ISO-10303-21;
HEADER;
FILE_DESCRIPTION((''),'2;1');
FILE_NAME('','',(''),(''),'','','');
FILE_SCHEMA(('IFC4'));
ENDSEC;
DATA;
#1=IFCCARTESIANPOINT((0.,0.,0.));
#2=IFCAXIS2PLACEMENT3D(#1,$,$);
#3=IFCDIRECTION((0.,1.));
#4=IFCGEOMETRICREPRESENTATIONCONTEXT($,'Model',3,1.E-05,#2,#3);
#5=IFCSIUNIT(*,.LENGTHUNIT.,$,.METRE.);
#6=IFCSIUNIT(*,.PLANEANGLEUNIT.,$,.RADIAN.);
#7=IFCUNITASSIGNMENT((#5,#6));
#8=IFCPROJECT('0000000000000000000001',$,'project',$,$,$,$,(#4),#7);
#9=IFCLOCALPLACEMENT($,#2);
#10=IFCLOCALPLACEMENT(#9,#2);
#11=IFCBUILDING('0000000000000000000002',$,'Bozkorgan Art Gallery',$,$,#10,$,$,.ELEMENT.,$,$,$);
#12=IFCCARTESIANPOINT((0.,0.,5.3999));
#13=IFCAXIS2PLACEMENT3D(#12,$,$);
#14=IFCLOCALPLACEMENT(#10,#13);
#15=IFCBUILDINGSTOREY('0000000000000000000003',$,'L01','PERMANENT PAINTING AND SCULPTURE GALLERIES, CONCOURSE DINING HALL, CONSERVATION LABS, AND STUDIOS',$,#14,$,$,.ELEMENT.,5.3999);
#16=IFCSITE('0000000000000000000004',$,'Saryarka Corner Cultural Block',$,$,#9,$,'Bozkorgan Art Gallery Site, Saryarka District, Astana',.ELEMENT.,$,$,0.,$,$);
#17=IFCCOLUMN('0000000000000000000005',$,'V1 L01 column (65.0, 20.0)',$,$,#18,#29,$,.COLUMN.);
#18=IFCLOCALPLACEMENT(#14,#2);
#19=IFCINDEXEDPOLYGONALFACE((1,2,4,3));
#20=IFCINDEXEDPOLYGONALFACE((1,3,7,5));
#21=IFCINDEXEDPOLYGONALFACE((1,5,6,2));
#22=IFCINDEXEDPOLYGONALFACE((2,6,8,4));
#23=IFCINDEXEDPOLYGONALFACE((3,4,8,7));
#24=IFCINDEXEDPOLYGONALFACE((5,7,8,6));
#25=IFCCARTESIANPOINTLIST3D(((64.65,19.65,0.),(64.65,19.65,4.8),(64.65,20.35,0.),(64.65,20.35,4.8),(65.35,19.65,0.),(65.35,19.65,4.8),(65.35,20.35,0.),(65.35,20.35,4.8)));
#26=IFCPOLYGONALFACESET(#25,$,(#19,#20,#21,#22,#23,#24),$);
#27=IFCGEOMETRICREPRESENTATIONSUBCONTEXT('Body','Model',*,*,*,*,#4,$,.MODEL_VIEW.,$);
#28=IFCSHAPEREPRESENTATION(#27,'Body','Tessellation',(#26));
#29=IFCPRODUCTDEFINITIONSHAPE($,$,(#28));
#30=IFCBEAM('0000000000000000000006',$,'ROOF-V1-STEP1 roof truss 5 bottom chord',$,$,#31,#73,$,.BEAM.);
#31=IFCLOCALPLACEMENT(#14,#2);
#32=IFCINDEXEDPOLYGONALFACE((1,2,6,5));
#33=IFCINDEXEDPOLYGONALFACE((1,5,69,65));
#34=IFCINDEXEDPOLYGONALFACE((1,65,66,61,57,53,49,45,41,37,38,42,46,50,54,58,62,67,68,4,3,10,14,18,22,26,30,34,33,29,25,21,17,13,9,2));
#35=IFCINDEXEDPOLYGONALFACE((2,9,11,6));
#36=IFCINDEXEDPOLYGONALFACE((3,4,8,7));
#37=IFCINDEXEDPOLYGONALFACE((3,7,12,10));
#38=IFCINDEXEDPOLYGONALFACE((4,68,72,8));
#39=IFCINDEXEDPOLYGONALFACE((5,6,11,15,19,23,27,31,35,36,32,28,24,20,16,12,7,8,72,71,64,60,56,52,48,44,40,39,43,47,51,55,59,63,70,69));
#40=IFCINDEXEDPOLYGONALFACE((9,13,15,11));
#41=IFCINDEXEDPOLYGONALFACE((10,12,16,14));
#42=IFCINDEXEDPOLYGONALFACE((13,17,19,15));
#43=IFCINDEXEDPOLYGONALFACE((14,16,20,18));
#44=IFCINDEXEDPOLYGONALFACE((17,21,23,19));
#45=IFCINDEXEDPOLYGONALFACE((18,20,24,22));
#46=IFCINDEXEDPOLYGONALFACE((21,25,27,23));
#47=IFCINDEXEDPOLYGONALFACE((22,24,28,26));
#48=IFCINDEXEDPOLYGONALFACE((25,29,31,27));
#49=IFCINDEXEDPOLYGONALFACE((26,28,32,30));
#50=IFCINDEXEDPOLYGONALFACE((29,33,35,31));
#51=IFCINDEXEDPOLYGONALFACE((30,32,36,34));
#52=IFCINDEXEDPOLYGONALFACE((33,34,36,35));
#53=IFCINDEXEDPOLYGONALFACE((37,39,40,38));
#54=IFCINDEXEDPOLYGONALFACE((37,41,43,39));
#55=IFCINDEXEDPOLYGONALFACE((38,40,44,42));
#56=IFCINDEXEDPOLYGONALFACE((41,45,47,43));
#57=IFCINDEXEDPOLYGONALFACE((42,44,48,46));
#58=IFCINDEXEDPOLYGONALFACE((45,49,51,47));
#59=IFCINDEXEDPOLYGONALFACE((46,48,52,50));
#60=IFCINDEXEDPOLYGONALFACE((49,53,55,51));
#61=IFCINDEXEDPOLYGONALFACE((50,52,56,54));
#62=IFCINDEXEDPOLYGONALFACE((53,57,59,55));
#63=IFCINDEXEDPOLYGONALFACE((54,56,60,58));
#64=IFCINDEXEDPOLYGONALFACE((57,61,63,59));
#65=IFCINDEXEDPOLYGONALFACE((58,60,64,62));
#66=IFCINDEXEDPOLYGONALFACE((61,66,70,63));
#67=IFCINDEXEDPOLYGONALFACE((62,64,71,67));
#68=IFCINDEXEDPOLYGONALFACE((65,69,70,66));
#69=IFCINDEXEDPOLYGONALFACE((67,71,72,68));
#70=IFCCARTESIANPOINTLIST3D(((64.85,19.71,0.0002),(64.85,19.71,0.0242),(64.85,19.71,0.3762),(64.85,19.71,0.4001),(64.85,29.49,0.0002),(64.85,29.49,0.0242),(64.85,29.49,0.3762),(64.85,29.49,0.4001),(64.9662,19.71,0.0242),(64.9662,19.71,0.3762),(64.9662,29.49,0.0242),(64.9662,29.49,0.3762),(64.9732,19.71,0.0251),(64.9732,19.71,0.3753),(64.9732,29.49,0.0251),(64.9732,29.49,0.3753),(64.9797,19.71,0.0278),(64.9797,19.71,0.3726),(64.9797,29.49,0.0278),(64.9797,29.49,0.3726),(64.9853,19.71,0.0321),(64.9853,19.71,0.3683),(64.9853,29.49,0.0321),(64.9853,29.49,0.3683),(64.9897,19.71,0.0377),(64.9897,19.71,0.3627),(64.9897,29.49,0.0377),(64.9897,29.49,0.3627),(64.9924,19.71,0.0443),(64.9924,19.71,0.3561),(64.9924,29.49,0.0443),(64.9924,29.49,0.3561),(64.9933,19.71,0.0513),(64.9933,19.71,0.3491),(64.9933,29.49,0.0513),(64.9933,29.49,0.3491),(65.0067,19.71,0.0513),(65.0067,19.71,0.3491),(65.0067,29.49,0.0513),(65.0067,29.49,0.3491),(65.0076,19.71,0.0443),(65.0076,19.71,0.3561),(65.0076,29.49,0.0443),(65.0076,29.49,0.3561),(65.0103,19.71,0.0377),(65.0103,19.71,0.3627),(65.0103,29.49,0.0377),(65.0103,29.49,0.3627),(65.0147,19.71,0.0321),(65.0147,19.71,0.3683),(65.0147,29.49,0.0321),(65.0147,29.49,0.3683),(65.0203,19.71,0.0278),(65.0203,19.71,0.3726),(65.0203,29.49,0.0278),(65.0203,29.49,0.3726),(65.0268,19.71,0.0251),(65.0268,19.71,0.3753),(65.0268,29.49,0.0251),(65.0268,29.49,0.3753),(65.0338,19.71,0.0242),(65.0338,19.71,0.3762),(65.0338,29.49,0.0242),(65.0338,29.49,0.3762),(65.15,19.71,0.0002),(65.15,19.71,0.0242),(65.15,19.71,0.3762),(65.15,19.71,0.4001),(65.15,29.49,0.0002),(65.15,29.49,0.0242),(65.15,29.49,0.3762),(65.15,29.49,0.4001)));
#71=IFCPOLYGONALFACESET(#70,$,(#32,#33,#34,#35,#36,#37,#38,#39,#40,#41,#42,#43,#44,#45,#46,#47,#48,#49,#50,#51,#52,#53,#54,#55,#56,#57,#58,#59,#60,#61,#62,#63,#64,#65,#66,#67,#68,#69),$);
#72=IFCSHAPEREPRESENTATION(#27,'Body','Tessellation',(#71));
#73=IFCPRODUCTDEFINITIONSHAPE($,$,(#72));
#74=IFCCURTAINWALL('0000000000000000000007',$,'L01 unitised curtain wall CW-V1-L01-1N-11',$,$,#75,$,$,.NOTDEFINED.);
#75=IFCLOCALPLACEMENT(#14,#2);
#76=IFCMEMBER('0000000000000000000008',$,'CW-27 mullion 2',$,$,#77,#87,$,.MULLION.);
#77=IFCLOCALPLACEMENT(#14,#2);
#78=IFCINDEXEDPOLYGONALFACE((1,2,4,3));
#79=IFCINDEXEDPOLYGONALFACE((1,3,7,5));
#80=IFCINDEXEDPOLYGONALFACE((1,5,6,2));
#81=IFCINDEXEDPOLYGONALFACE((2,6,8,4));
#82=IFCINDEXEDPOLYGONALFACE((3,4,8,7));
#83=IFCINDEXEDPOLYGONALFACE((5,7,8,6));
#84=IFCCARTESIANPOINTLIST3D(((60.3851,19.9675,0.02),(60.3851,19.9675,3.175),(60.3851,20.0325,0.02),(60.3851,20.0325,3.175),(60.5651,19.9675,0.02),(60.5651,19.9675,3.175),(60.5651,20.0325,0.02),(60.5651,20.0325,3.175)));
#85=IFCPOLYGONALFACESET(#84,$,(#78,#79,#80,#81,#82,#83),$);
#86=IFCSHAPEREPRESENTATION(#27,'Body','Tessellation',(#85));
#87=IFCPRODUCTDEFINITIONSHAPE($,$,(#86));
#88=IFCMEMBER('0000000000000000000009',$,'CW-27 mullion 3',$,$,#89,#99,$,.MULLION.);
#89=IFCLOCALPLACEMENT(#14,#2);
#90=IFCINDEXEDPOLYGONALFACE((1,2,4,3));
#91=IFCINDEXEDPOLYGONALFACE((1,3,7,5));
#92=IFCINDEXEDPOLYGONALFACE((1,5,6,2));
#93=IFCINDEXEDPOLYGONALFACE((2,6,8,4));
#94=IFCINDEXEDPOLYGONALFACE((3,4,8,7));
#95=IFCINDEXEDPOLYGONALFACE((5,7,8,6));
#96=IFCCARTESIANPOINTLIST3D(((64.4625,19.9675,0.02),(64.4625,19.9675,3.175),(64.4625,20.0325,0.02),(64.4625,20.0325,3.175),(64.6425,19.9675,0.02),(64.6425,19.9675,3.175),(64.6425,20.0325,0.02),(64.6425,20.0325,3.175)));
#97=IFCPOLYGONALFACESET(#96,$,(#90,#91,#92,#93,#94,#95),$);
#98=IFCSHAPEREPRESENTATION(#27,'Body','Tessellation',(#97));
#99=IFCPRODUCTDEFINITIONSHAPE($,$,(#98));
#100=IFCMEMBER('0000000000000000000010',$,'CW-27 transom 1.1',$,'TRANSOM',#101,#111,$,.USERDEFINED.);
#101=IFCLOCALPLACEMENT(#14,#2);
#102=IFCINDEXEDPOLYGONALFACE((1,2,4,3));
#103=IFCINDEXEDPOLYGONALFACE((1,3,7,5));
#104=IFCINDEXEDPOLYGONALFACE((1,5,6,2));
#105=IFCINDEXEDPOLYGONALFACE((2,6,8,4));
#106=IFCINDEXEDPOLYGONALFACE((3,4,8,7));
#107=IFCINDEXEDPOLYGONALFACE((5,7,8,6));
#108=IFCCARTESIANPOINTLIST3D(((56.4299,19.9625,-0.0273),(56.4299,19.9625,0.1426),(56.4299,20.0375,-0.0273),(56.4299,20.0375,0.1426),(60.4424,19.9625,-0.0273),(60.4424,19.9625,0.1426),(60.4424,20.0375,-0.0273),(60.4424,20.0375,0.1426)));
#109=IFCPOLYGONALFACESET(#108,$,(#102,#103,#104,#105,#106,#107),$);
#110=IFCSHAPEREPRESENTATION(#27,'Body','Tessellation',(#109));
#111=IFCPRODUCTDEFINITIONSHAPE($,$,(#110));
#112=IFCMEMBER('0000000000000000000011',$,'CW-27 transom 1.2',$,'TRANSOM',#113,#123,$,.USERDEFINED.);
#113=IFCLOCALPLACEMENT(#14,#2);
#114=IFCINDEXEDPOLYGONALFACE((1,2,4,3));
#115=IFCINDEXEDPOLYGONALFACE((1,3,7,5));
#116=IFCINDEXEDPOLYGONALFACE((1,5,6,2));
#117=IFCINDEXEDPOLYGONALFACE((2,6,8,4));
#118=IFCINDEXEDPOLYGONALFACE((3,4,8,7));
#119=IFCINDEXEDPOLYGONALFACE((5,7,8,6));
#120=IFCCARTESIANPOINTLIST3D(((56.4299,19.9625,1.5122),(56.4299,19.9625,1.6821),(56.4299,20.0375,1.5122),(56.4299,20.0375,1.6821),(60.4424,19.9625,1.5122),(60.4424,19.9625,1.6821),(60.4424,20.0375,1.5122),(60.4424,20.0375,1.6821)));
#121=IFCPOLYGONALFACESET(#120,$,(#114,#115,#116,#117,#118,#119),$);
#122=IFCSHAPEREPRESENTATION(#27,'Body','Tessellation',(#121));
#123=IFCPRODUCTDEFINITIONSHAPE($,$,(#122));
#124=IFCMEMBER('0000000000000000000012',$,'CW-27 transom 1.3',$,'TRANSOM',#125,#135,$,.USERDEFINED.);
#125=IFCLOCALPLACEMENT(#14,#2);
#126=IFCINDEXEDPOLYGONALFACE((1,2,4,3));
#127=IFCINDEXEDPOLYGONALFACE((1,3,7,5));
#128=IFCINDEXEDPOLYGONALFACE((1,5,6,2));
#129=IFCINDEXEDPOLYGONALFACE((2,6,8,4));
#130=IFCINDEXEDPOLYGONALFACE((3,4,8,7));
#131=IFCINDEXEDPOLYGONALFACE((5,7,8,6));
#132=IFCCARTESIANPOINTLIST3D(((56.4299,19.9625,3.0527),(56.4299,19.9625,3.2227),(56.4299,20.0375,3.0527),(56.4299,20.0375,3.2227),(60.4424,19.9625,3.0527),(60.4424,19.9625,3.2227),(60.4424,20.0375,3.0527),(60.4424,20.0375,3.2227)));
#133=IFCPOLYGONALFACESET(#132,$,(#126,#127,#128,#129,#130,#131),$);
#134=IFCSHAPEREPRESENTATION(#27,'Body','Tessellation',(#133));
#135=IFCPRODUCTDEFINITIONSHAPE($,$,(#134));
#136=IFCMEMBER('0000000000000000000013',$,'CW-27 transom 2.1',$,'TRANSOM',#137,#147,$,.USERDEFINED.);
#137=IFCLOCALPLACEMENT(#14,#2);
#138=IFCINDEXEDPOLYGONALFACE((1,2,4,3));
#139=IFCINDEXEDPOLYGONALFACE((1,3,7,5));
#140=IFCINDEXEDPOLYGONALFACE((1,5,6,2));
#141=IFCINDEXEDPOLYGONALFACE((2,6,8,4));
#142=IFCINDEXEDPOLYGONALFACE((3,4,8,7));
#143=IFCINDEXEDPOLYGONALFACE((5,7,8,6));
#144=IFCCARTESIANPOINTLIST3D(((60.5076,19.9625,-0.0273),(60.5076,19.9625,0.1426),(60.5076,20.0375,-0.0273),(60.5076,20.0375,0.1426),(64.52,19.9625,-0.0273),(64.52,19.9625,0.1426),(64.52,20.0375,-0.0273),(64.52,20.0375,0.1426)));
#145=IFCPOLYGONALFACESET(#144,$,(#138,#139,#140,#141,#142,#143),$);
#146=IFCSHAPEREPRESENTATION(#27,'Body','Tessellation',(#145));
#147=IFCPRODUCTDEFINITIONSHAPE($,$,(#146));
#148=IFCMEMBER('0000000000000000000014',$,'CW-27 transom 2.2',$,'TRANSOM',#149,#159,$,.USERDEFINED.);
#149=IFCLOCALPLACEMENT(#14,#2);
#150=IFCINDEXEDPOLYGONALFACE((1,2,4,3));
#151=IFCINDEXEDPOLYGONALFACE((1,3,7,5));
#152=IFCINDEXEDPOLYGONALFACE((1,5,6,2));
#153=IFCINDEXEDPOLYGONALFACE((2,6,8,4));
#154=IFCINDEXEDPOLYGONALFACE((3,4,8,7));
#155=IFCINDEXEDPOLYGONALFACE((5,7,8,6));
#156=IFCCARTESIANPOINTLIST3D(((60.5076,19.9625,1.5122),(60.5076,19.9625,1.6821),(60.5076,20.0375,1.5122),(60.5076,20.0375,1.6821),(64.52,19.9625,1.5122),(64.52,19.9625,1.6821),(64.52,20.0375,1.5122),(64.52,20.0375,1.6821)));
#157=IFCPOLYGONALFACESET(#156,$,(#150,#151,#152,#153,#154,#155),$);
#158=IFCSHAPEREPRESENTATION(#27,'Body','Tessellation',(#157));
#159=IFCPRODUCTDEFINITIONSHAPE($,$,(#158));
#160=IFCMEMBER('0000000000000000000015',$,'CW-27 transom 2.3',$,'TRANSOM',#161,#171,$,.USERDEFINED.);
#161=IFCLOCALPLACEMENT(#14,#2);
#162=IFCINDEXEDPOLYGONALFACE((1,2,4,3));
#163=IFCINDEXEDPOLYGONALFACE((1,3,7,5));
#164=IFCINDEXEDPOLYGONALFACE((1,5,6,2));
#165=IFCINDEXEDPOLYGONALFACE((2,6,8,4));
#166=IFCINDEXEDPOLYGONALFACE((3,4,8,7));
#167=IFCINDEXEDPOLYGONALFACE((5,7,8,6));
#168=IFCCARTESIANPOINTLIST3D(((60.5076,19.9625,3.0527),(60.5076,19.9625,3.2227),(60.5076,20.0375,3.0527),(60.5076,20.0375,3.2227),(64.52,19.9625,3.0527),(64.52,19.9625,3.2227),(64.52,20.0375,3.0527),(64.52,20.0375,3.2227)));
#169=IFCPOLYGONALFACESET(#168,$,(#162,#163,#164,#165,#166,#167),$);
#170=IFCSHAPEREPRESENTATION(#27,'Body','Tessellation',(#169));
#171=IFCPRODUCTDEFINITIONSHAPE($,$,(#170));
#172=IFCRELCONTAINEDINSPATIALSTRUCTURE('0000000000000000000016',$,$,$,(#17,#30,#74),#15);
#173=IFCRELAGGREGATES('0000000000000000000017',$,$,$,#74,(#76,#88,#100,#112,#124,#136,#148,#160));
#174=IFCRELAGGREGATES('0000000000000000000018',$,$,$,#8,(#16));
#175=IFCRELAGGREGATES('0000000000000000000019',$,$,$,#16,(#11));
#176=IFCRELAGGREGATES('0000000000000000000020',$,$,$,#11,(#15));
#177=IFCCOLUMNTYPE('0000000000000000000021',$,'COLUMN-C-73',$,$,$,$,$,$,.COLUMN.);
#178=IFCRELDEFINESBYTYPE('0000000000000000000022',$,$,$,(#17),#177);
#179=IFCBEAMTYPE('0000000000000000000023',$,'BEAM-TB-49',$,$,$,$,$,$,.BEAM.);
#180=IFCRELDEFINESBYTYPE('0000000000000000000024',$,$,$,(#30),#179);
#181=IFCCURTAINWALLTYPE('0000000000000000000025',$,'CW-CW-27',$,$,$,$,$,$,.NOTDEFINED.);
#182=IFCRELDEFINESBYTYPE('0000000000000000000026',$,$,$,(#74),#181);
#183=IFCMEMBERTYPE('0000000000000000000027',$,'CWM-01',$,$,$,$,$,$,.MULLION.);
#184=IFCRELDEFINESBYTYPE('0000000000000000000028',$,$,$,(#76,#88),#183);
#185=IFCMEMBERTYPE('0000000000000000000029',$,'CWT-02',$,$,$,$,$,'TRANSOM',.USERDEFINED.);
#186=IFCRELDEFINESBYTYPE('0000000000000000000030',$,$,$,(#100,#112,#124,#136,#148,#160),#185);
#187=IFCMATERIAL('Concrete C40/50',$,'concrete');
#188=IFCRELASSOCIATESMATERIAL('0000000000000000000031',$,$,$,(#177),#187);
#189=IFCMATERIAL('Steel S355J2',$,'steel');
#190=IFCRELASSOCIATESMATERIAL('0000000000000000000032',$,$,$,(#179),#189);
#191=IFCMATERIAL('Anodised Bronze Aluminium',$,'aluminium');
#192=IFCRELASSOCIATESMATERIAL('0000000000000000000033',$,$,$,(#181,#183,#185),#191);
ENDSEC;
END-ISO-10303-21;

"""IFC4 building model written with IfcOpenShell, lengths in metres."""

from ifc_helpers import new_model, si_unit, direction, frame, origin, origin_2d, place, context, subcontext, project, spatial, rectangle, i_section, extrude, material, material_profile, profile_set, type_object, element, aggregate, save


model = new_model("IFC4")

# Units and contexts
model_context = context("Model", 3, precision=1e-05, world=origin(), true_north=direction((0.0, 1.0)))
body_context = subcontext(model_context, "Body", "Model", "MODEL_VIEW")
ifc_project = project(units=[si_unit("LENGTHUNIT", "METRE"), si_unit("PLANEANGLEUNIT", "RADIAN")], contexts=[model_context])

# Site, building, storey
site_placement = place(None, origin())
site = spatial("IfcSite", under=ifc_project, at=site_placement, Name="Saryarka Corner Cultural Block", LongName="Bozkorgan Art Gallery Site, Saryarka District, Astana", CompositionType="ELEMENT", RefElevation=0.0)
building_placement = place(site_placement, origin())
building = spatial("IfcBuilding", under=site, at=building_placement, Name="Bozkorgan Art Gallery", CompositionType="ELEMENT")
storey_placement = place(building_placement, frame((0.0, 0.0, 5.3999)))
storey = spatial("IfcBuildingStorey", under=building, at=storey_placement, Name="L01", Description="PERMANENT PAINTING AND SCULPTURE GALLERIES, CONCOURSE DINING HALL, CONSERVATION LABS, AND STUDIOS", CompositionType="ELEMENT", Elevation=5.3999)

# Column
ifc_material_1 = material(Name="Concrete C40/50", Category="concrete")
ifc_material_profile_1 = material_profile(ifc_material_1, rectangle(XDim=0.7, YDim=0.7, at=origin_2d()), Name="RC 700x700")
ifc_profile_set_1 = profile_set([ifc_material_profile_1], Name="Concrete C40/50")
column_type = type_object("IfcColumnType", Name="COLUMN-C-73", PredefinedType="COLUMN", material=ifc_profile_set_1)
column_placement = place(storey_placement, frame((65.0, 20.0, 0.0), z_axis=(0.0, 0.0, 1.0), x_axis=(1.0, 0.0, 0.0)))
element("IfcColumn", 1, at=column_placement, inside=storey, type_object=column_type, Name="V1 L01 column (65.0, 20.0)", PredefinedType="COLUMN", context=body_context, shape_type="SweptSolid", body=[
    extrude(rectangle(XDim=0.7, YDim=0.7, at=origin_2d()), origin(), (0.0, 0.0, 1.0), 4.8),
])

# Beam
ifc_material_2 = material(Name="Steel S355J2", Category="steel")
ifc_material_profile_2 = material_profile(ifc_material_2, i_section(OverallWidth=0.3, OverallDepth=0.3999, WebThickness=0.0134, FlangeThickness=0.0239, FilletRadius=0.0271, at=origin_2d()), Name="HEB 400")
ifc_profile_set_2 = profile_set([ifc_material_profile_2], Name="Steel S355J2")
beam_type = type_object("IfcBeamType", Name="BEAM-TB-49", PredefinedType="BEAM", material=ifc_profile_set_2)
beam_placement = place(storey_placement, frame((65.0, 19.71, 0.2002), z_axis=(0.0, 1.0, 0.0), x_axis=(-1.0, 0.0, 0.0)))
element("IfcBeam", 2, at=beam_placement, inside=storey, type_object=beam_type, Name="ROOF-V1-STEP1 roof truss 5 bottom chord", PredefinedType="BEAM", context=body_context, shape_type="SweptSolid", body=[
    extrude(i_section(OverallWidth=0.3, OverallDepth=0.3999, WebThickness=0.0134, FlangeThickness=0.0239, FilletRadius=0.0271, at=origin_2d()), origin(), (0.0, 0.0, 1.0), 9.78),
])

# Curtain wall, members
ifc_material_3 = material(Name="Anodised Bronze Aluminium", Category="aluminium")
curtain_wall_type = type_object("IfcCurtainWallType", Name="CW-CW-27", PredefinedType="NOTDEFINED", material=ifc_material_3)
curtain_wall_placement = place(storey_placement, origin())
curtain_wall = element("IfcCurtainWall", 3, at=curtain_wall_placement, inside=storey, type_object=curtain_wall_type, Name="L01 unitised curtain wall CW-V1-L01-1N-11", PredefinedType="NOTDEFINED")
ifc_material_profile_3 = material_profile(ifc_material_3, rectangle(XDim=0.0649, YDim=0.1799, at=origin_2d()), Name="ALU MULLION 65x180")
ifc_profile_set_3 = profile_set([ifc_material_profile_3], Name="Anodised Bronze Aluminium")
member_type_1 = type_object("IfcMemberType", Name="CWM-01", PredefinedType="MULLION", material=ifc_profile_set_3)
member_1_placement = place(storey_placement, frame((60.4751, 20.0, 0.02), z_axis=(0.0, 0.0, 1.0), x_axis=(0.0, 1.0, 0.0)))
member_1 = element("IfcMember", 4, at=member_1_placement, type_object=member_type_1, Name="CW-27 mullion 2", PredefinedType="MULLION", context=body_context, shape_type="SweptSolid", body=[
    extrude(rectangle(XDim=0.0649, YDim=0.1799, at=origin_2d()), origin(), (0.0, 0.0, 1.0), 3.155),
])
member_2_placement = place(storey_placement, frame((64.5525, 20.0, 0.02), z_axis=(0.0, 0.0, 1.0), x_axis=(0.0, 1.0, 0.0)))
member_2 = element("IfcMember", 5, at=member_2_placement, type_object=member_type_1, Name="CW-27 mullion 3", PredefinedType="MULLION", context=body_context, shape_type="SweptSolid", body=[
    extrude(rectangle(XDim=0.0649, YDim=0.1799, at=origin_2d()), origin(), (0.0, 0.0, 1.0), 3.155),
])
ifc_material_profile_4 = material_profile(ifc_material_3, rectangle(XDim=0.075, YDim=0.1699, at=origin_2d()), Name="ALU TRANSOM 75x170")
ifc_profile_set_4 = profile_set([ifc_material_profile_4], Name="Anodised Bronze Aluminium")
member_type_2 = type_object("IfcMemberType", Name="CWT-02", ElementType="TRANSOM", PredefinedType="USERDEFINED", material=ifc_profile_set_4)
member_3_placement = place(storey_placement, frame((56.4299, 20.0, 0.0576), z_axis=(1.0, 0.0, 0.0), x_axis=(0.0, 1.0, 0.0)))
member_3 = element("IfcMember", 6, at=member_3_placement, type_object=member_type_2, Name="CW-27 transom 1.1", ObjectType="TRANSOM", PredefinedType="USERDEFINED", context=body_context, shape_type="SweptSolid", body=[
    extrude(rectangle(XDim=0.075, YDim=0.1699, at=origin_2d()), origin(), (0.0, 0.0, 1.0), 4.0125),
])
member_4_placement = place(storey_placement, frame((56.4299, 20.0, 1.5972), z_axis=(1.0, 0.0, 0.0), x_axis=(0.0, 1.0, 0.0)))
member_4 = element("IfcMember", 7, at=member_4_placement, type_object=member_type_2, Name="CW-27 transom 1.2", ObjectType="TRANSOM", PredefinedType="USERDEFINED", context=body_context, shape_type="SweptSolid", body=[
    extrude(rectangle(XDim=0.075, YDim=0.1699, at=origin_2d()), origin(), (0.0, 0.0, 1.0), 4.0125),
])
member_5_placement = place(storey_placement, frame((56.4299, 20.0, 3.1377), z_axis=(1.0, 0.0, 0.0), x_axis=(0.0, 1.0, 0.0)))
member_5 = element("IfcMember", 8, at=member_5_placement, type_object=member_type_2, Name="CW-27 transom 1.3", ObjectType="TRANSOM", PredefinedType="USERDEFINED", context=body_context, shape_type="SweptSolid", body=[
    extrude(rectangle(XDim=0.075, YDim=0.1699, at=origin_2d()), origin(), (0.0, 0.0, 1.0), 4.0125),
])
member_6_placement = place(storey_placement, frame((60.5076, 20.0, 0.0576), z_axis=(1.0, 0.0, 0.0), x_axis=(0.0, 1.0, 0.0)))
member_6 = element("IfcMember", 9, at=member_6_placement, type_object=member_type_2, Name="CW-27 transom 2.1", ObjectType="TRANSOM", PredefinedType="USERDEFINED", context=body_context, shape_type="SweptSolid", body=[
    extrude(rectangle(XDim=0.075, YDim=0.1699, at=origin_2d()), origin(), (0.0, 0.0, 1.0), 4.0125),
])
member_7_placement = place(storey_placement, frame((60.5076, 20.0, 1.5972), z_axis=(1.0, 0.0, 0.0), x_axis=(0.0, 1.0, 0.0)))
member_7 = element("IfcMember", 10, at=member_7_placement, type_object=member_type_2, Name="CW-27 transom 2.2", ObjectType="TRANSOM", PredefinedType="USERDEFINED", context=body_context, shape_type="SweptSolid", body=[
    extrude(rectangle(XDim=0.075, YDim=0.1699, at=origin_2d()), origin(), (0.0, 0.0, 1.0), 4.0125),
])
member_8_placement = place(storey_placement, frame((60.5076, 20.0, 3.1377), z_axis=(1.0, 0.0, 0.0), x_axis=(0.0, 1.0, 0.0)))
member_8 = element("IfcMember", 11, at=member_8_placement, type_object=member_type_2, Name="CW-27 transom 2.3", ObjectType="TRANSOM", PredefinedType="USERDEFINED", context=body_context, shape_type="SweptSolid", body=[
    extrude(rectangle(XDim=0.075, YDim=0.1699, at=origin_2d()), origin(), (0.0, 0.0, 1.0), 4.0125),
])

aggregate(curtain_wall, [member_1, member_2, member_3, member_4, member_5, member_6, member_7, member_8])

save(model, "model.ifc")
